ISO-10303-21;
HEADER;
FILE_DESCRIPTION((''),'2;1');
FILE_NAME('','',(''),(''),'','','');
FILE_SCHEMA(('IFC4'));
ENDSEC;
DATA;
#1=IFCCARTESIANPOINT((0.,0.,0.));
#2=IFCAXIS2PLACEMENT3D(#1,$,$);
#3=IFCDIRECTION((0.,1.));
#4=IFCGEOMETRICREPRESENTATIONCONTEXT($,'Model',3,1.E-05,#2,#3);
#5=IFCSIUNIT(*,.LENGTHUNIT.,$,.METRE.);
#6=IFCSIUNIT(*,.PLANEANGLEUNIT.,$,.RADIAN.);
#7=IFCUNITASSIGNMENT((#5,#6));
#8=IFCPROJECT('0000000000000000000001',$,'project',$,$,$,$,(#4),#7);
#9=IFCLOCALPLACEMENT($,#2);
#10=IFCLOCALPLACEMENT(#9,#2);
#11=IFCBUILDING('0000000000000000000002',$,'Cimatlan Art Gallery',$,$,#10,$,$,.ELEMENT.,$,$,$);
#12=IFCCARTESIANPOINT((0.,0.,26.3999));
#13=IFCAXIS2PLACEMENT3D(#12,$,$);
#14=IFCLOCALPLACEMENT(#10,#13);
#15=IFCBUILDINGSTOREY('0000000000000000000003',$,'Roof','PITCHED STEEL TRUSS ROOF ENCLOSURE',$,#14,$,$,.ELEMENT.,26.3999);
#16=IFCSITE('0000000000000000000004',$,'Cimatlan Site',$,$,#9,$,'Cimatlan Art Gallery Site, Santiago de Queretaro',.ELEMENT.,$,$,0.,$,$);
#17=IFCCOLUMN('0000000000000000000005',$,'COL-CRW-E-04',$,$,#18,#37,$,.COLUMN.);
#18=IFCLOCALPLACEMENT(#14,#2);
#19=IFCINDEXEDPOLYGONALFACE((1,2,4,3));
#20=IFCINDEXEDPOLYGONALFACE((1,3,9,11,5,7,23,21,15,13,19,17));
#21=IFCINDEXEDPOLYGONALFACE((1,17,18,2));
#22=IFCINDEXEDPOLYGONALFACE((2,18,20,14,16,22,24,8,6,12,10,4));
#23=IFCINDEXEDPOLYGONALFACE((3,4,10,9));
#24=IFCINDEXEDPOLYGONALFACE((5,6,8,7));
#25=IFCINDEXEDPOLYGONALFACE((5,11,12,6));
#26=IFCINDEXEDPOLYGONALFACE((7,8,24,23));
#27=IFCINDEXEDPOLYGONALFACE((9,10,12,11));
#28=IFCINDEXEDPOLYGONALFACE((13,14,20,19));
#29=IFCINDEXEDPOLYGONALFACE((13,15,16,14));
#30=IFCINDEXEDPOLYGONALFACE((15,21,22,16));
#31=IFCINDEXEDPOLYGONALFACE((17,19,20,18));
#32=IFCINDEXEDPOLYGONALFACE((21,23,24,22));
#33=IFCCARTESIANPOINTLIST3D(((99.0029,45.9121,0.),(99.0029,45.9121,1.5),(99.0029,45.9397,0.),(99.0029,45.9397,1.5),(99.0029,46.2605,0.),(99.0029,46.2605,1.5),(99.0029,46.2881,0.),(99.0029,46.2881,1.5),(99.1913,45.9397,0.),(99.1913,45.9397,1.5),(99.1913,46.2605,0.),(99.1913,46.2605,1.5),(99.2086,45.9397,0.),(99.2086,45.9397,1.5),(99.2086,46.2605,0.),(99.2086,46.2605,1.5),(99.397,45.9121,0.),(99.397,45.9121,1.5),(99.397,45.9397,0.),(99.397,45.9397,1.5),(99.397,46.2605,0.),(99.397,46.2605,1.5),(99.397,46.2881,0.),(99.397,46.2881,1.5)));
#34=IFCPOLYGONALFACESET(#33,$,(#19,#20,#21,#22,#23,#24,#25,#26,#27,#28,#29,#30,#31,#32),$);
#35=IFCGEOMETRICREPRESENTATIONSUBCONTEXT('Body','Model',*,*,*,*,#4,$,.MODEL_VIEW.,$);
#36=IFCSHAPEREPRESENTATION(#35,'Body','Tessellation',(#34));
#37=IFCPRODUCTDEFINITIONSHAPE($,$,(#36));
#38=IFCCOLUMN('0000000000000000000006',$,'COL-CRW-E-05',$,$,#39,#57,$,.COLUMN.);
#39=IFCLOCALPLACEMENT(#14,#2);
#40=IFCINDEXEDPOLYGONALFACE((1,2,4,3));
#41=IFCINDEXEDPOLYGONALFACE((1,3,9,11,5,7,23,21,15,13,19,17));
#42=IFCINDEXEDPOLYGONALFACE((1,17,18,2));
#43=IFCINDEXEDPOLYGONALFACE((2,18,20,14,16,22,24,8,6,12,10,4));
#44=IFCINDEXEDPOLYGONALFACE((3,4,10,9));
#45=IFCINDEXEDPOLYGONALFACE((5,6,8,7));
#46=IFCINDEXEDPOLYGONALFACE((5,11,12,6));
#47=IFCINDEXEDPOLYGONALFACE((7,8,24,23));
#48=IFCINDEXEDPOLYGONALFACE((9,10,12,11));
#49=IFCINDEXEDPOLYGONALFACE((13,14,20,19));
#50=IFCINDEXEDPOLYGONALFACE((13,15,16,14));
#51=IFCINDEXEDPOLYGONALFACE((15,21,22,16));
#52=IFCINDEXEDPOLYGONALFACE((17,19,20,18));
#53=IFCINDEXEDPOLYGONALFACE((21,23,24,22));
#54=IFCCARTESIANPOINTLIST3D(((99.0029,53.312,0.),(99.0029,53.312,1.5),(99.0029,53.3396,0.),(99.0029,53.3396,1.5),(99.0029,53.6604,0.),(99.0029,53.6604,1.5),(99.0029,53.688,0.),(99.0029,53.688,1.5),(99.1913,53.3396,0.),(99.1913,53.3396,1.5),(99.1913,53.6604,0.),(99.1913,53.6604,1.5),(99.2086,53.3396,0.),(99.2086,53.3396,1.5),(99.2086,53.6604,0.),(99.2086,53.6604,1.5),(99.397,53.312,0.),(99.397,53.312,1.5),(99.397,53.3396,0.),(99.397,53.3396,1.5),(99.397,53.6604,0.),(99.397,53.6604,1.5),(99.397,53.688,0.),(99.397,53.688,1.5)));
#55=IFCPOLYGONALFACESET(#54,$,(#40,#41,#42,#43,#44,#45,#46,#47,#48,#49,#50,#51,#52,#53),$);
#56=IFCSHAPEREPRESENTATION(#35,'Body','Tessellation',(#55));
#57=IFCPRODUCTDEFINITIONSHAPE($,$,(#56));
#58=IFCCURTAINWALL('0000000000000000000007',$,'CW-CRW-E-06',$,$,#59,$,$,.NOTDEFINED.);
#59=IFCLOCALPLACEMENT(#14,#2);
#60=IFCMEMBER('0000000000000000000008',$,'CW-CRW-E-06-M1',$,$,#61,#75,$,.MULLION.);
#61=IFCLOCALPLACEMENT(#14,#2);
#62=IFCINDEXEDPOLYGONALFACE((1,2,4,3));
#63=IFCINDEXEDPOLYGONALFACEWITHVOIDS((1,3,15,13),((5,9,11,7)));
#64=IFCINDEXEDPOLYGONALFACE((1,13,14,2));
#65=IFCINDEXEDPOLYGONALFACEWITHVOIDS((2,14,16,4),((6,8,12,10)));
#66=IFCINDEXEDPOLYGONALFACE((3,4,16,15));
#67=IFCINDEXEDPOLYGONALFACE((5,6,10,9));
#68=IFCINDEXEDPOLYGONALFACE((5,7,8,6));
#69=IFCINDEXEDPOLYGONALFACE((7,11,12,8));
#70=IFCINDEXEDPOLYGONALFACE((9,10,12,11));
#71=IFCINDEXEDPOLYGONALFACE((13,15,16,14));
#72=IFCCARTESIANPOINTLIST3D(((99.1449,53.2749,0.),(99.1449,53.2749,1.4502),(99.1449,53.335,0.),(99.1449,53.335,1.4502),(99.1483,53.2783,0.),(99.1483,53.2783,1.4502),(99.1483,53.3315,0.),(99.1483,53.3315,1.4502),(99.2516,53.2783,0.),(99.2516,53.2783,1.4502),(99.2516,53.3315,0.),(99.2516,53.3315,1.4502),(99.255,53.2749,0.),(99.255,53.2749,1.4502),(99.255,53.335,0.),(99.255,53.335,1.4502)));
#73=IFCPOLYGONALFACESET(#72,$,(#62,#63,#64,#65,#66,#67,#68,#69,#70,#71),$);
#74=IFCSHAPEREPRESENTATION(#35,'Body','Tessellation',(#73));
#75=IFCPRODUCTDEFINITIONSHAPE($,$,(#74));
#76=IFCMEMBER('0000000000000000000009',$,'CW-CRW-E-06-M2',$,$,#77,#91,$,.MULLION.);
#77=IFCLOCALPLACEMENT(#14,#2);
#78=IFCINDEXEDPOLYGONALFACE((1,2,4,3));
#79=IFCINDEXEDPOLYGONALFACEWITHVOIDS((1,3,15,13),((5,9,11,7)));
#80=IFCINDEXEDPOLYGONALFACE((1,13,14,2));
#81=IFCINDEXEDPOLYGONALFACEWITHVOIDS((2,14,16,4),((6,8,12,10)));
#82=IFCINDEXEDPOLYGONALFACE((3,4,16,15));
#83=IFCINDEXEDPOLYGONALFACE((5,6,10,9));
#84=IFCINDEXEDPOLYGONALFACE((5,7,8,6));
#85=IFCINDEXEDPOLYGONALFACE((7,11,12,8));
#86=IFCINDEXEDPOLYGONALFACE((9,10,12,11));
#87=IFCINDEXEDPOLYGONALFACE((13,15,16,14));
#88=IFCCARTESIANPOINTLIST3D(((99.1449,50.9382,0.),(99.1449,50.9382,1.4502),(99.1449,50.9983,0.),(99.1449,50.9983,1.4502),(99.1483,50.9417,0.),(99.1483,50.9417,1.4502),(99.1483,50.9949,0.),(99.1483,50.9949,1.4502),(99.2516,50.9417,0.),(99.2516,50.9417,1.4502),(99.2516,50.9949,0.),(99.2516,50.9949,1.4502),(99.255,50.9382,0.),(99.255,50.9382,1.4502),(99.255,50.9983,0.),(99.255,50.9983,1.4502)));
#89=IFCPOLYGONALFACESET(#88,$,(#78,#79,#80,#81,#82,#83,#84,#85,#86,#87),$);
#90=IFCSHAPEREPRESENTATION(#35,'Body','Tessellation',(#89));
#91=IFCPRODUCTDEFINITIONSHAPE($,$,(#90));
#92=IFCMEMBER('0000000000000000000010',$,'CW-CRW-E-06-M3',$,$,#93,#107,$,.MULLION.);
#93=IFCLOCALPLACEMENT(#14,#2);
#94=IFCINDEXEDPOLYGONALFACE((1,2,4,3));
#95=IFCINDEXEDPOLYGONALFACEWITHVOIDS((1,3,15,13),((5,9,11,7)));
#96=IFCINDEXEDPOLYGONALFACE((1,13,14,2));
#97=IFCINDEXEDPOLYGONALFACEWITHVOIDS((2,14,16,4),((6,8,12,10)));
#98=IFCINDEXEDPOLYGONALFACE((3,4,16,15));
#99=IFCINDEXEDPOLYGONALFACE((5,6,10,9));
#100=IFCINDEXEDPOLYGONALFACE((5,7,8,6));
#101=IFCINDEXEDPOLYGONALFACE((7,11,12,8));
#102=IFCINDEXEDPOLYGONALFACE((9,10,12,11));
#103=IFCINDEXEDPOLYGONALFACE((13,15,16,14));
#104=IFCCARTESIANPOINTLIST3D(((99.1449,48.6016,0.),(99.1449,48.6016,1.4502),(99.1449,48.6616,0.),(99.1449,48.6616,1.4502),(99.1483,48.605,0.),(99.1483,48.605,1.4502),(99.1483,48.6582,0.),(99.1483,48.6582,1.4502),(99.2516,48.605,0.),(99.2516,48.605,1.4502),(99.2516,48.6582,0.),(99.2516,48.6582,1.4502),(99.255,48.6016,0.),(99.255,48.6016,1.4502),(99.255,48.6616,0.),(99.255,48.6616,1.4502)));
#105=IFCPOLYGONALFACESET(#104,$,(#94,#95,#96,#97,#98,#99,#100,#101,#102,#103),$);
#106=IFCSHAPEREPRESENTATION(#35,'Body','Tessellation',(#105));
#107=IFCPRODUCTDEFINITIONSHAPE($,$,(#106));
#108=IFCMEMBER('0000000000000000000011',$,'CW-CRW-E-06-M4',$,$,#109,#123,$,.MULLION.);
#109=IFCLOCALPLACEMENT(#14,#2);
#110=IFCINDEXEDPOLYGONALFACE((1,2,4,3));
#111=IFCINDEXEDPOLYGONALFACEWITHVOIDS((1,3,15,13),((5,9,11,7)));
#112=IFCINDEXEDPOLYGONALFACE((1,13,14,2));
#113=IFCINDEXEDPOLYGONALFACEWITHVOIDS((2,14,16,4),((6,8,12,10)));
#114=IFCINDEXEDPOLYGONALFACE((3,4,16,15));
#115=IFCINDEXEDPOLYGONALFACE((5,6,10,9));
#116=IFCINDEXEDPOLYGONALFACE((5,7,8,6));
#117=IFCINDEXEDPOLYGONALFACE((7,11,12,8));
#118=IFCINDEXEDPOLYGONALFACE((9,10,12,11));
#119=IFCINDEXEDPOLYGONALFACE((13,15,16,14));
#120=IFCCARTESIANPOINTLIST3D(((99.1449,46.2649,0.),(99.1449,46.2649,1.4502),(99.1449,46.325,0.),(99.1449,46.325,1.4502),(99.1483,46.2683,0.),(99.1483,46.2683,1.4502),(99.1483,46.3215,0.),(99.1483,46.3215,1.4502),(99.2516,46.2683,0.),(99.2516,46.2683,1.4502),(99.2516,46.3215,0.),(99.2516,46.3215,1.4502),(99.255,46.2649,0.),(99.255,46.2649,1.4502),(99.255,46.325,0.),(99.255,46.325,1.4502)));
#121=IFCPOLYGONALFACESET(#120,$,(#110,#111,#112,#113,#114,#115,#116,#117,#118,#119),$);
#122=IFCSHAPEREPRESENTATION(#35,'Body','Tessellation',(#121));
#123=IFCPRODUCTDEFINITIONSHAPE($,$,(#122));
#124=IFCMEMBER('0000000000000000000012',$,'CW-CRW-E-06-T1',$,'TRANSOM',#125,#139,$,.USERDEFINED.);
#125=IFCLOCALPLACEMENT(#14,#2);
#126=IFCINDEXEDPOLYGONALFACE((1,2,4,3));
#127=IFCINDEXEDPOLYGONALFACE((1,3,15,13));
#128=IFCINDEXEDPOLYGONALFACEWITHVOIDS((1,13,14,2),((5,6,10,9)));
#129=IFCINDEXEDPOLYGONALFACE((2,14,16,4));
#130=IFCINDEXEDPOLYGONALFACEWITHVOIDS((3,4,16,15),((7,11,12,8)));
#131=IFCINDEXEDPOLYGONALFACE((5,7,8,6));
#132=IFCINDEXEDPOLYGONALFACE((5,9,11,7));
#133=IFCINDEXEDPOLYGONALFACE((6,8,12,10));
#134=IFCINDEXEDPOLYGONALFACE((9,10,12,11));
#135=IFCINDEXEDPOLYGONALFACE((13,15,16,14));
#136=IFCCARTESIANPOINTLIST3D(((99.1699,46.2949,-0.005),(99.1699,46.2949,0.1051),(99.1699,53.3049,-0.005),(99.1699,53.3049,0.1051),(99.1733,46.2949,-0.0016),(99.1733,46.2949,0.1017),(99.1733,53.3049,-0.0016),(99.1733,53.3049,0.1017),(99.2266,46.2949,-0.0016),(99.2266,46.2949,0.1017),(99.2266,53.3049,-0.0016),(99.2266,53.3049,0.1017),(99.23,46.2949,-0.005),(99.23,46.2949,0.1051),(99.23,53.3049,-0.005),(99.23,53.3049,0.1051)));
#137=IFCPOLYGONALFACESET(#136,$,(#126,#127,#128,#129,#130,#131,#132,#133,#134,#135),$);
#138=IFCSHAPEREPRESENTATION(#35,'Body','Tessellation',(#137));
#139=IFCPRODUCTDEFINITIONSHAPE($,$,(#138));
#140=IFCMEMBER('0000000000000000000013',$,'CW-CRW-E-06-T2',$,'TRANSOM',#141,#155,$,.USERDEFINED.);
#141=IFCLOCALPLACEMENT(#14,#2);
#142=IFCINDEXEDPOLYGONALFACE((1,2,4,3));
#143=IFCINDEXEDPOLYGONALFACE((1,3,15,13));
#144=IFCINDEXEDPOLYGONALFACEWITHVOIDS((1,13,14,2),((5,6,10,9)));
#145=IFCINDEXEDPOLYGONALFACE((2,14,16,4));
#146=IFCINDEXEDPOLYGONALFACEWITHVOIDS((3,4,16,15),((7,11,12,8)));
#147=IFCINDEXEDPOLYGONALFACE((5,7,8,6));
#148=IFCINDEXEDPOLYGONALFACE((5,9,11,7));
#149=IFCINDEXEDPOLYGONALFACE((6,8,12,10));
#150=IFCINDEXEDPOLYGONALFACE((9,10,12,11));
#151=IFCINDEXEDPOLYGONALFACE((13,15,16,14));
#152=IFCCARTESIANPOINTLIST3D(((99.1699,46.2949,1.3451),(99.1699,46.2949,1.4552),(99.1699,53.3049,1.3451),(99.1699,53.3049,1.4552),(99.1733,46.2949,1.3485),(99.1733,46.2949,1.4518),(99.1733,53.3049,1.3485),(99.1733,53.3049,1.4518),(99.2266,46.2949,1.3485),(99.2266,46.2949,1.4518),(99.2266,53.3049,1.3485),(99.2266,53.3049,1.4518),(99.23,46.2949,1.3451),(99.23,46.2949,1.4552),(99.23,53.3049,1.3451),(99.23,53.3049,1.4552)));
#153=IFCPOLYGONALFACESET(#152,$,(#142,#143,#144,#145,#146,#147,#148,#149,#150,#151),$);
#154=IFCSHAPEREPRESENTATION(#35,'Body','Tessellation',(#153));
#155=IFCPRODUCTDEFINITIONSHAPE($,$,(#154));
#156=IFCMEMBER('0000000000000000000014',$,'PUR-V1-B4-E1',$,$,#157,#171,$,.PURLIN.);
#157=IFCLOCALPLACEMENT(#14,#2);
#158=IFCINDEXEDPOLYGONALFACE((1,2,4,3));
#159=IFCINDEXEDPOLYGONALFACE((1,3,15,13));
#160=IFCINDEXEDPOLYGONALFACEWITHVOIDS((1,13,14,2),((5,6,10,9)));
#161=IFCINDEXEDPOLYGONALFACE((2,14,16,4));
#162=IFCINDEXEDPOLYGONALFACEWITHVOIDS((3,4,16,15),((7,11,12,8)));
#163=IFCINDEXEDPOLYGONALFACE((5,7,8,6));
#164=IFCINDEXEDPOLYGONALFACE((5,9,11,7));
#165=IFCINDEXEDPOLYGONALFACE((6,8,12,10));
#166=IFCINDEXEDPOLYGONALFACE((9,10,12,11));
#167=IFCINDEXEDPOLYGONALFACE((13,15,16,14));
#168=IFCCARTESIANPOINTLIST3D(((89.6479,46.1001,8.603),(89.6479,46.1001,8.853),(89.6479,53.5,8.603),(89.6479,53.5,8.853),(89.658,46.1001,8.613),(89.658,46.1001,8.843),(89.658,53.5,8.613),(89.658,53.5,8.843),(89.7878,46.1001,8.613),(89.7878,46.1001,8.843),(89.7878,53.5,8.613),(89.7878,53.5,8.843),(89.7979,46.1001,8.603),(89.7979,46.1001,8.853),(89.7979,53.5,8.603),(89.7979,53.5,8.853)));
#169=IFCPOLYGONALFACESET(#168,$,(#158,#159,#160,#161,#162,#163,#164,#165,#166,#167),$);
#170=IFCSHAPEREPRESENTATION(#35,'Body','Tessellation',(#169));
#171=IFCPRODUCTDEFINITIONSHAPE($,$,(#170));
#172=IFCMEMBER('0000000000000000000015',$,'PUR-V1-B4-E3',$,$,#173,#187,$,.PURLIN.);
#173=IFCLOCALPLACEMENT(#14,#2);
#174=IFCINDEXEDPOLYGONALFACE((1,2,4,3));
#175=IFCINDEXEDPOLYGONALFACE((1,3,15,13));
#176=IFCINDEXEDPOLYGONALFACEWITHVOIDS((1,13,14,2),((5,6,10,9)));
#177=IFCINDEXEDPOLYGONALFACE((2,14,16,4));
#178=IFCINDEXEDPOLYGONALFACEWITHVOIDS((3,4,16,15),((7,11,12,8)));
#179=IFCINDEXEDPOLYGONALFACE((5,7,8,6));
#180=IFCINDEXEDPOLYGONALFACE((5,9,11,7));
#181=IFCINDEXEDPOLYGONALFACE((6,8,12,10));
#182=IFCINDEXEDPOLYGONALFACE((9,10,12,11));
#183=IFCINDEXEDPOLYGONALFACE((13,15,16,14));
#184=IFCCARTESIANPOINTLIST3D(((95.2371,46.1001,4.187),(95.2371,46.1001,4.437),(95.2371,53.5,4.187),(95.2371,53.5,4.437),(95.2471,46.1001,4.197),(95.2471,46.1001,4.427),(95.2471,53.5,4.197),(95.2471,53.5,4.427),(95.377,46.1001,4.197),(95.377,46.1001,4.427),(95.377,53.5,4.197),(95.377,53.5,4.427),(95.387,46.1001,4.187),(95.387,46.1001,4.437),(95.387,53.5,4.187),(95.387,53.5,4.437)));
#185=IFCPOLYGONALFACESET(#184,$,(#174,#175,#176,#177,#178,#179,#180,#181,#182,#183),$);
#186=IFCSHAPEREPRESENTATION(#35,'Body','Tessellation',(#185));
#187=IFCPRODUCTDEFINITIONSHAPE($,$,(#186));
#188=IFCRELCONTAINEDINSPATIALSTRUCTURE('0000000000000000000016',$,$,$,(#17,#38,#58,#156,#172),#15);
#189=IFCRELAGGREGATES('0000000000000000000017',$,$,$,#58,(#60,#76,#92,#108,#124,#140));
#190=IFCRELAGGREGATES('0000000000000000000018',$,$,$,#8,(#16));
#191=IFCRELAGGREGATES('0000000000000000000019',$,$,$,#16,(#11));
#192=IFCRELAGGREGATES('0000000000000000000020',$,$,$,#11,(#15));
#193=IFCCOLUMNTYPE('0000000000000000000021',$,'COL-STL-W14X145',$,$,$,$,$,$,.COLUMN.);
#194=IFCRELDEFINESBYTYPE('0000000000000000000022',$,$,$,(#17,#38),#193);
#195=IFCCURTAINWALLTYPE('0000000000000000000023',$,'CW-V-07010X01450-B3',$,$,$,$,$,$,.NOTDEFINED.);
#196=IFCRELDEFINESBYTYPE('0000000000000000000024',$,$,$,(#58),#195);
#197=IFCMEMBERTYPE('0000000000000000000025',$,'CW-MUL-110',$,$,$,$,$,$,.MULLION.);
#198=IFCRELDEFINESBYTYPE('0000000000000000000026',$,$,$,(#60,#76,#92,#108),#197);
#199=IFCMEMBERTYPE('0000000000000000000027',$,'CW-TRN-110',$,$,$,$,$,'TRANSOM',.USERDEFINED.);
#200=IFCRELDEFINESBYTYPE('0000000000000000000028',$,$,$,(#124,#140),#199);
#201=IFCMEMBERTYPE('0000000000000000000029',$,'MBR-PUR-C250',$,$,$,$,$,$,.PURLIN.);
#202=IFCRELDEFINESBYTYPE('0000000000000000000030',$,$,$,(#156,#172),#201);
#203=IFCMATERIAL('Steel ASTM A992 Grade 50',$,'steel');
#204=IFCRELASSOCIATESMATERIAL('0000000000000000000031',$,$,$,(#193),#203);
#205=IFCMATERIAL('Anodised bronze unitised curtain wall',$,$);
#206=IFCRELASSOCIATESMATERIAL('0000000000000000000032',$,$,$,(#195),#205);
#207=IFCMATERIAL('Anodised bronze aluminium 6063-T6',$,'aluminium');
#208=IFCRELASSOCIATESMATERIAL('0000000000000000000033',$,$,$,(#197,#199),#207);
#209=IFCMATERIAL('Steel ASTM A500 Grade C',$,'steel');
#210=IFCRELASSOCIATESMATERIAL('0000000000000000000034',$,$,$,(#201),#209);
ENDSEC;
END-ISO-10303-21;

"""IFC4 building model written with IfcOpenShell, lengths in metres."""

from ifc_helpers import new_model, si_unit, direction, frame, origin, origin_2d, place, context, subcontext, project, spatial, hollow_rectangle, i_section, extrude, material, material_profile, profile_set, type_object, element, aggregate, save


model = new_model("IFC4")

# Units and contexts
model_context = context("Model", 3, precision=1e-05, world=origin(), true_north=direction((0.0, 1.0)))
body_context = subcontext(model_context, "Body", "Model", "MODEL_VIEW")
ifc_project = project(units=[si_unit("LENGTHUNIT", "METRE"), si_unit("PLANEANGLEUNIT", "RADIAN")], contexts=[model_context])

# Site, building, storey
site_placement = place(None, origin())
site = spatial("IfcSite", under=ifc_project, at=site_placement, Name="Cimatlan Site", LongName="Cimatlan Art Gallery Site, Santiago de Queretaro", CompositionType="ELEMENT", RefElevation=0.0)
building_placement = place(site_placement, origin())
building = spatial("IfcBuilding", under=site, at=building_placement, Name="Cimatlan Art Gallery", CompositionType="ELEMENT")
storey_placement = place(building_placement, frame((0.0, 0.0, 26.3999)))
storey = spatial("IfcBuildingStorey", under=building, at=storey_placement, Name="Roof", Description="PITCHED STEEL TRUSS ROOF ENCLOSURE", CompositionType="ELEMENT", Elevation=26.3999)

# Columns
ifc_material_1 = material(Name="Steel ASTM A992 Grade 50", Category="steel")
ifc_material_profile_1 = material_profile(ifc_material_1, i_section(OverallWidth=0.394, OverallDepth=0.376, WebThickness=0.0173, FlangeThickness=0.0276, at=origin_2d()), Name="W14X145")
ifc_profile_set_1 = profile_set([ifc_material_profile_1], Name="Steel ASTM A992 Grade 50")
column_type = type_object("IfcColumnType", Name="COL-STL-W14X145", PredefinedType="COLUMN", material=ifc_profile_set_1)
for number, where, z_axis, x_axis, name in (
    (1, (99.2, 46.1001, 0.0), (0.0, 0.0, 1.0), (1.0, 0.0, 0.0), "COL-CRW-E-04"),
    (2, (99.2, 53.5, 0.0), (0.0, 0.0, 1.0), (1.0, 0.0, 0.0), "COL-CRW-E-05"),
):
    element("IfcColumn", number, at=place(storey_placement, frame(where, z_axis=z_axis, x_axis=x_axis)), inside=storey, type_object=column_type, Name=name, PredefinedType="COLUMN", context=body_context, shape_type="SweptSolid", body=[
        extrude(i_section(OverallWidth=0.394, OverallDepth=0.376, WebThickness=0.0173, FlangeThickness=0.0276, at=origin_2d()), origin(), (0.0, 0.0, 1.0), 1.5),
    ])

# Curtain wall, members
ifc_material_2 = material(Name="Anodised bronze unitised curtain wall")
curtain_wall_type = type_object("IfcCurtainWallType", Name="CW-V-07010X01450-B3", PredefinedType="NOTDEFINED", material=ifc_material_2)
curtain_wall_placement = place(storey_placement, origin())
curtain_wall = element("IfcCurtainWall", 3, at=curtain_wall_placement, inside=storey, type_object=curtain_wall_type, Name="CW-CRW-E-06", PredefinedType="NOTDEFINED")
ifc_material_3 = material(Name="Anodised bronze aluminium 6063-T6", Category="aluminium")
ifc_material_profile_2 = material_profile(ifc_material_3, hollow_rectangle(XDim=0.0601, YDim=0.1101, WallThickness=0.0034, at=origin_2d()), Name="ALU60X110X3")
ifc_profile_set_2 = profile_set([ifc_material_profile_2], Name="Anodised bronze aluminium 6063-T6")
member_type_1 = type_object("IfcMemberType", Name="CW-MUL-110", PredefinedType="MULLION", material=ifc_profile_set_2)
member_1_placement = place(storey_placement, frame((99.2, 53.3049, 0.0), z_axis=(0.0, 0.0, 1.0), x_axis=(0.0, 1.0, 0.0)))
member_1 = element("IfcMember", 4, at=member_1_placement, type_object=member_type_1, Name="CW-CRW-E-06-M1", PredefinedType="MULLION", context=body_context, shape_type="SweptSolid", body=[
    extrude(hollow_rectangle(XDim=0.0601, YDim=0.1101, WallThickness=0.0034, at=origin_2d()), origin(), (0.0, 0.0, 1.0), 1.4502),
])
member_2_placement = place(storey_placement, frame((99.2, 50.9683, 0.0), z_axis=(0.0, 0.0, 1.0), x_axis=(0.0, 1.0, 0.0)))
member_2 = element("IfcMember", 5, at=member_2_placement, type_object=member_type_1, Name="CW-CRW-E-06-M2", PredefinedType="MULLION", context=body_context, shape_type="SweptSolid", body=[
    extrude(hollow_rectangle(XDim=0.0601, YDim=0.1101, WallThickness=0.0034, at=origin_2d()), origin(), (0.0, 0.0, 1.0), 1.4502),
])
member_3_placement = place(storey_placement, frame((99.2, 48.6316, 0.0), z_axis=(0.0, 0.0, 1.0), x_axis=(0.0, 1.0, 0.0)))
member_3 = element("IfcMember", 6, at=member_3_placement, type_object=member_type_1, Name="CW-CRW-E-06-M3", PredefinedType="MULLION", context=body_context, shape_type="SweptSolid", body=[
    extrude(hollow_rectangle(XDim=0.0601, YDim=0.1101, WallThickness=0.0034, at=origin_2d()), origin(), (0.0, 0.0, 1.0), 1.4502),
])
member_4_placement = place(storey_placement, frame((99.2, 46.2949, 0.0), z_axis=(0.0, 0.0, 1.0), x_axis=(0.0, 1.0, 0.0)))
member_4 = element("IfcMember", 7, at=member_4_placement, type_object=member_type_1, Name="CW-CRW-E-06-M4", PredefinedType="MULLION", context=body_context, shape_type="SweptSolid", body=[
    extrude(hollow_rectangle(XDim=0.0601, YDim=0.1101, WallThickness=0.0034, at=origin_2d()), origin(), (0.0, 0.0, 1.0), 1.4502),
])
ifc_material_profile_3 = material_profile(ifc_material_3, hollow_rectangle(XDim=0.0601, YDim=0.1101, WallThickness=0.0034, at=origin_2d()), Name="ALU60X110X3")
ifc_profile_set_3 = profile_set([ifc_material_profile_3], Name="Anodised bronze aluminium 6063-T6")
member_type_2 = type_object("IfcMemberType", Name="CW-TRN-110", ElementType="TRANSOM", PredefinedType="USERDEFINED", material=ifc_profile_set_3)
member_5_placement = place(storey_placement, frame((99.2, 53.3049, 0.05), z_axis=(0.0, -1.0, 0.0), x_axis=(1.0, 0.0, 0.0)))
member_5 = element("IfcMember", 8, at=member_5_placement, type_object=member_type_2, Name="CW-CRW-E-06-T1", ObjectType="TRANSOM", PredefinedType="USERDEFINED", context=body_context, shape_type="SweptSolid", body=[
    extrude(hollow_rectangle(XDim=0.0601, YDim=0.1101, WallThickness=0.0034, at=origin_2d()), origin(), (0.0, 0.0, 1.0), 7.01),
])
member_6_placement = place(storey_placement, frame((99.2, 53.3049, 1.4001), z_axis=(0.0, -1.0, 0.0), x_axis=(1.0, 0.0, 0.0)))
member_6 = element("IfcMember", 9, at=member_6_placement, type_object=member_type_2, Name="CW-CRW-E-06-T2", ObjectType="TRANSOM", PredefinedType="USERDEFINED", context=body_context, shape_type="SweptSolid", body=[
    extrude(hollow_rectangle(XDim=0.0601, YDim=0.1101, WallThickness=0.0034, at=origin_2d()), origin(), (0.0, 0.0, 1.0), 7.01),
])

# Members
ifc_material_4 = material(Name="Steel ASTM A500 Grade C", Category="steel")
ifc_material_profile_4 = material_profile(ifc_material_4, hollow_rectangle(XDim=0.1499, YDim=0.25, WallThickness=0.01, at=origin_2d()), Name="HSS250X150X10")
ifc_profile_set_4 = profile_set([ifc_material_profile_4], Name="Steel ASTM A500 Grade C")
member_type_3 = type_object("IfcMemberType", Name="MBR-PUR-C250", PredefinedType="PURLIN", material=ifc_profile_set_4)
for number, where, z_axis, x_axis, name in (
    (10, (89.7229, 46.1001, 8.728), (0.0, 1.0, 0.0), (-1.0, 0.0, 0.0), "PUR-V1-B4-E1"),
    (11, (95.312, 46.1001, 4.312), (0.0, 1.0, 0.0), (-1.0, 0.0, 0.0), "PUR-V1-B4-E3"),
):
    element("IfcMember", number, at=place(storey_placement, frame(where, z_axis=z_axis, x_axis=x_axis)), inside=storey, type_object=member_type_3, Name=name, PredefinedType="PURLIN", context=body_context, shape_type="SweptSolid", body=[
        extrude(hollow_rectangle(XDim=0.1499, YDim=0.25, WallThickness=0.01, at=origin_2d()), origin(), (0.0, 0.0, 1.0), 7.3999),
    ])

aggregate(curtain_wall, [member_1, member_2, member_3, member_4, member_5, member_6])

save(model, "model.ifc")
